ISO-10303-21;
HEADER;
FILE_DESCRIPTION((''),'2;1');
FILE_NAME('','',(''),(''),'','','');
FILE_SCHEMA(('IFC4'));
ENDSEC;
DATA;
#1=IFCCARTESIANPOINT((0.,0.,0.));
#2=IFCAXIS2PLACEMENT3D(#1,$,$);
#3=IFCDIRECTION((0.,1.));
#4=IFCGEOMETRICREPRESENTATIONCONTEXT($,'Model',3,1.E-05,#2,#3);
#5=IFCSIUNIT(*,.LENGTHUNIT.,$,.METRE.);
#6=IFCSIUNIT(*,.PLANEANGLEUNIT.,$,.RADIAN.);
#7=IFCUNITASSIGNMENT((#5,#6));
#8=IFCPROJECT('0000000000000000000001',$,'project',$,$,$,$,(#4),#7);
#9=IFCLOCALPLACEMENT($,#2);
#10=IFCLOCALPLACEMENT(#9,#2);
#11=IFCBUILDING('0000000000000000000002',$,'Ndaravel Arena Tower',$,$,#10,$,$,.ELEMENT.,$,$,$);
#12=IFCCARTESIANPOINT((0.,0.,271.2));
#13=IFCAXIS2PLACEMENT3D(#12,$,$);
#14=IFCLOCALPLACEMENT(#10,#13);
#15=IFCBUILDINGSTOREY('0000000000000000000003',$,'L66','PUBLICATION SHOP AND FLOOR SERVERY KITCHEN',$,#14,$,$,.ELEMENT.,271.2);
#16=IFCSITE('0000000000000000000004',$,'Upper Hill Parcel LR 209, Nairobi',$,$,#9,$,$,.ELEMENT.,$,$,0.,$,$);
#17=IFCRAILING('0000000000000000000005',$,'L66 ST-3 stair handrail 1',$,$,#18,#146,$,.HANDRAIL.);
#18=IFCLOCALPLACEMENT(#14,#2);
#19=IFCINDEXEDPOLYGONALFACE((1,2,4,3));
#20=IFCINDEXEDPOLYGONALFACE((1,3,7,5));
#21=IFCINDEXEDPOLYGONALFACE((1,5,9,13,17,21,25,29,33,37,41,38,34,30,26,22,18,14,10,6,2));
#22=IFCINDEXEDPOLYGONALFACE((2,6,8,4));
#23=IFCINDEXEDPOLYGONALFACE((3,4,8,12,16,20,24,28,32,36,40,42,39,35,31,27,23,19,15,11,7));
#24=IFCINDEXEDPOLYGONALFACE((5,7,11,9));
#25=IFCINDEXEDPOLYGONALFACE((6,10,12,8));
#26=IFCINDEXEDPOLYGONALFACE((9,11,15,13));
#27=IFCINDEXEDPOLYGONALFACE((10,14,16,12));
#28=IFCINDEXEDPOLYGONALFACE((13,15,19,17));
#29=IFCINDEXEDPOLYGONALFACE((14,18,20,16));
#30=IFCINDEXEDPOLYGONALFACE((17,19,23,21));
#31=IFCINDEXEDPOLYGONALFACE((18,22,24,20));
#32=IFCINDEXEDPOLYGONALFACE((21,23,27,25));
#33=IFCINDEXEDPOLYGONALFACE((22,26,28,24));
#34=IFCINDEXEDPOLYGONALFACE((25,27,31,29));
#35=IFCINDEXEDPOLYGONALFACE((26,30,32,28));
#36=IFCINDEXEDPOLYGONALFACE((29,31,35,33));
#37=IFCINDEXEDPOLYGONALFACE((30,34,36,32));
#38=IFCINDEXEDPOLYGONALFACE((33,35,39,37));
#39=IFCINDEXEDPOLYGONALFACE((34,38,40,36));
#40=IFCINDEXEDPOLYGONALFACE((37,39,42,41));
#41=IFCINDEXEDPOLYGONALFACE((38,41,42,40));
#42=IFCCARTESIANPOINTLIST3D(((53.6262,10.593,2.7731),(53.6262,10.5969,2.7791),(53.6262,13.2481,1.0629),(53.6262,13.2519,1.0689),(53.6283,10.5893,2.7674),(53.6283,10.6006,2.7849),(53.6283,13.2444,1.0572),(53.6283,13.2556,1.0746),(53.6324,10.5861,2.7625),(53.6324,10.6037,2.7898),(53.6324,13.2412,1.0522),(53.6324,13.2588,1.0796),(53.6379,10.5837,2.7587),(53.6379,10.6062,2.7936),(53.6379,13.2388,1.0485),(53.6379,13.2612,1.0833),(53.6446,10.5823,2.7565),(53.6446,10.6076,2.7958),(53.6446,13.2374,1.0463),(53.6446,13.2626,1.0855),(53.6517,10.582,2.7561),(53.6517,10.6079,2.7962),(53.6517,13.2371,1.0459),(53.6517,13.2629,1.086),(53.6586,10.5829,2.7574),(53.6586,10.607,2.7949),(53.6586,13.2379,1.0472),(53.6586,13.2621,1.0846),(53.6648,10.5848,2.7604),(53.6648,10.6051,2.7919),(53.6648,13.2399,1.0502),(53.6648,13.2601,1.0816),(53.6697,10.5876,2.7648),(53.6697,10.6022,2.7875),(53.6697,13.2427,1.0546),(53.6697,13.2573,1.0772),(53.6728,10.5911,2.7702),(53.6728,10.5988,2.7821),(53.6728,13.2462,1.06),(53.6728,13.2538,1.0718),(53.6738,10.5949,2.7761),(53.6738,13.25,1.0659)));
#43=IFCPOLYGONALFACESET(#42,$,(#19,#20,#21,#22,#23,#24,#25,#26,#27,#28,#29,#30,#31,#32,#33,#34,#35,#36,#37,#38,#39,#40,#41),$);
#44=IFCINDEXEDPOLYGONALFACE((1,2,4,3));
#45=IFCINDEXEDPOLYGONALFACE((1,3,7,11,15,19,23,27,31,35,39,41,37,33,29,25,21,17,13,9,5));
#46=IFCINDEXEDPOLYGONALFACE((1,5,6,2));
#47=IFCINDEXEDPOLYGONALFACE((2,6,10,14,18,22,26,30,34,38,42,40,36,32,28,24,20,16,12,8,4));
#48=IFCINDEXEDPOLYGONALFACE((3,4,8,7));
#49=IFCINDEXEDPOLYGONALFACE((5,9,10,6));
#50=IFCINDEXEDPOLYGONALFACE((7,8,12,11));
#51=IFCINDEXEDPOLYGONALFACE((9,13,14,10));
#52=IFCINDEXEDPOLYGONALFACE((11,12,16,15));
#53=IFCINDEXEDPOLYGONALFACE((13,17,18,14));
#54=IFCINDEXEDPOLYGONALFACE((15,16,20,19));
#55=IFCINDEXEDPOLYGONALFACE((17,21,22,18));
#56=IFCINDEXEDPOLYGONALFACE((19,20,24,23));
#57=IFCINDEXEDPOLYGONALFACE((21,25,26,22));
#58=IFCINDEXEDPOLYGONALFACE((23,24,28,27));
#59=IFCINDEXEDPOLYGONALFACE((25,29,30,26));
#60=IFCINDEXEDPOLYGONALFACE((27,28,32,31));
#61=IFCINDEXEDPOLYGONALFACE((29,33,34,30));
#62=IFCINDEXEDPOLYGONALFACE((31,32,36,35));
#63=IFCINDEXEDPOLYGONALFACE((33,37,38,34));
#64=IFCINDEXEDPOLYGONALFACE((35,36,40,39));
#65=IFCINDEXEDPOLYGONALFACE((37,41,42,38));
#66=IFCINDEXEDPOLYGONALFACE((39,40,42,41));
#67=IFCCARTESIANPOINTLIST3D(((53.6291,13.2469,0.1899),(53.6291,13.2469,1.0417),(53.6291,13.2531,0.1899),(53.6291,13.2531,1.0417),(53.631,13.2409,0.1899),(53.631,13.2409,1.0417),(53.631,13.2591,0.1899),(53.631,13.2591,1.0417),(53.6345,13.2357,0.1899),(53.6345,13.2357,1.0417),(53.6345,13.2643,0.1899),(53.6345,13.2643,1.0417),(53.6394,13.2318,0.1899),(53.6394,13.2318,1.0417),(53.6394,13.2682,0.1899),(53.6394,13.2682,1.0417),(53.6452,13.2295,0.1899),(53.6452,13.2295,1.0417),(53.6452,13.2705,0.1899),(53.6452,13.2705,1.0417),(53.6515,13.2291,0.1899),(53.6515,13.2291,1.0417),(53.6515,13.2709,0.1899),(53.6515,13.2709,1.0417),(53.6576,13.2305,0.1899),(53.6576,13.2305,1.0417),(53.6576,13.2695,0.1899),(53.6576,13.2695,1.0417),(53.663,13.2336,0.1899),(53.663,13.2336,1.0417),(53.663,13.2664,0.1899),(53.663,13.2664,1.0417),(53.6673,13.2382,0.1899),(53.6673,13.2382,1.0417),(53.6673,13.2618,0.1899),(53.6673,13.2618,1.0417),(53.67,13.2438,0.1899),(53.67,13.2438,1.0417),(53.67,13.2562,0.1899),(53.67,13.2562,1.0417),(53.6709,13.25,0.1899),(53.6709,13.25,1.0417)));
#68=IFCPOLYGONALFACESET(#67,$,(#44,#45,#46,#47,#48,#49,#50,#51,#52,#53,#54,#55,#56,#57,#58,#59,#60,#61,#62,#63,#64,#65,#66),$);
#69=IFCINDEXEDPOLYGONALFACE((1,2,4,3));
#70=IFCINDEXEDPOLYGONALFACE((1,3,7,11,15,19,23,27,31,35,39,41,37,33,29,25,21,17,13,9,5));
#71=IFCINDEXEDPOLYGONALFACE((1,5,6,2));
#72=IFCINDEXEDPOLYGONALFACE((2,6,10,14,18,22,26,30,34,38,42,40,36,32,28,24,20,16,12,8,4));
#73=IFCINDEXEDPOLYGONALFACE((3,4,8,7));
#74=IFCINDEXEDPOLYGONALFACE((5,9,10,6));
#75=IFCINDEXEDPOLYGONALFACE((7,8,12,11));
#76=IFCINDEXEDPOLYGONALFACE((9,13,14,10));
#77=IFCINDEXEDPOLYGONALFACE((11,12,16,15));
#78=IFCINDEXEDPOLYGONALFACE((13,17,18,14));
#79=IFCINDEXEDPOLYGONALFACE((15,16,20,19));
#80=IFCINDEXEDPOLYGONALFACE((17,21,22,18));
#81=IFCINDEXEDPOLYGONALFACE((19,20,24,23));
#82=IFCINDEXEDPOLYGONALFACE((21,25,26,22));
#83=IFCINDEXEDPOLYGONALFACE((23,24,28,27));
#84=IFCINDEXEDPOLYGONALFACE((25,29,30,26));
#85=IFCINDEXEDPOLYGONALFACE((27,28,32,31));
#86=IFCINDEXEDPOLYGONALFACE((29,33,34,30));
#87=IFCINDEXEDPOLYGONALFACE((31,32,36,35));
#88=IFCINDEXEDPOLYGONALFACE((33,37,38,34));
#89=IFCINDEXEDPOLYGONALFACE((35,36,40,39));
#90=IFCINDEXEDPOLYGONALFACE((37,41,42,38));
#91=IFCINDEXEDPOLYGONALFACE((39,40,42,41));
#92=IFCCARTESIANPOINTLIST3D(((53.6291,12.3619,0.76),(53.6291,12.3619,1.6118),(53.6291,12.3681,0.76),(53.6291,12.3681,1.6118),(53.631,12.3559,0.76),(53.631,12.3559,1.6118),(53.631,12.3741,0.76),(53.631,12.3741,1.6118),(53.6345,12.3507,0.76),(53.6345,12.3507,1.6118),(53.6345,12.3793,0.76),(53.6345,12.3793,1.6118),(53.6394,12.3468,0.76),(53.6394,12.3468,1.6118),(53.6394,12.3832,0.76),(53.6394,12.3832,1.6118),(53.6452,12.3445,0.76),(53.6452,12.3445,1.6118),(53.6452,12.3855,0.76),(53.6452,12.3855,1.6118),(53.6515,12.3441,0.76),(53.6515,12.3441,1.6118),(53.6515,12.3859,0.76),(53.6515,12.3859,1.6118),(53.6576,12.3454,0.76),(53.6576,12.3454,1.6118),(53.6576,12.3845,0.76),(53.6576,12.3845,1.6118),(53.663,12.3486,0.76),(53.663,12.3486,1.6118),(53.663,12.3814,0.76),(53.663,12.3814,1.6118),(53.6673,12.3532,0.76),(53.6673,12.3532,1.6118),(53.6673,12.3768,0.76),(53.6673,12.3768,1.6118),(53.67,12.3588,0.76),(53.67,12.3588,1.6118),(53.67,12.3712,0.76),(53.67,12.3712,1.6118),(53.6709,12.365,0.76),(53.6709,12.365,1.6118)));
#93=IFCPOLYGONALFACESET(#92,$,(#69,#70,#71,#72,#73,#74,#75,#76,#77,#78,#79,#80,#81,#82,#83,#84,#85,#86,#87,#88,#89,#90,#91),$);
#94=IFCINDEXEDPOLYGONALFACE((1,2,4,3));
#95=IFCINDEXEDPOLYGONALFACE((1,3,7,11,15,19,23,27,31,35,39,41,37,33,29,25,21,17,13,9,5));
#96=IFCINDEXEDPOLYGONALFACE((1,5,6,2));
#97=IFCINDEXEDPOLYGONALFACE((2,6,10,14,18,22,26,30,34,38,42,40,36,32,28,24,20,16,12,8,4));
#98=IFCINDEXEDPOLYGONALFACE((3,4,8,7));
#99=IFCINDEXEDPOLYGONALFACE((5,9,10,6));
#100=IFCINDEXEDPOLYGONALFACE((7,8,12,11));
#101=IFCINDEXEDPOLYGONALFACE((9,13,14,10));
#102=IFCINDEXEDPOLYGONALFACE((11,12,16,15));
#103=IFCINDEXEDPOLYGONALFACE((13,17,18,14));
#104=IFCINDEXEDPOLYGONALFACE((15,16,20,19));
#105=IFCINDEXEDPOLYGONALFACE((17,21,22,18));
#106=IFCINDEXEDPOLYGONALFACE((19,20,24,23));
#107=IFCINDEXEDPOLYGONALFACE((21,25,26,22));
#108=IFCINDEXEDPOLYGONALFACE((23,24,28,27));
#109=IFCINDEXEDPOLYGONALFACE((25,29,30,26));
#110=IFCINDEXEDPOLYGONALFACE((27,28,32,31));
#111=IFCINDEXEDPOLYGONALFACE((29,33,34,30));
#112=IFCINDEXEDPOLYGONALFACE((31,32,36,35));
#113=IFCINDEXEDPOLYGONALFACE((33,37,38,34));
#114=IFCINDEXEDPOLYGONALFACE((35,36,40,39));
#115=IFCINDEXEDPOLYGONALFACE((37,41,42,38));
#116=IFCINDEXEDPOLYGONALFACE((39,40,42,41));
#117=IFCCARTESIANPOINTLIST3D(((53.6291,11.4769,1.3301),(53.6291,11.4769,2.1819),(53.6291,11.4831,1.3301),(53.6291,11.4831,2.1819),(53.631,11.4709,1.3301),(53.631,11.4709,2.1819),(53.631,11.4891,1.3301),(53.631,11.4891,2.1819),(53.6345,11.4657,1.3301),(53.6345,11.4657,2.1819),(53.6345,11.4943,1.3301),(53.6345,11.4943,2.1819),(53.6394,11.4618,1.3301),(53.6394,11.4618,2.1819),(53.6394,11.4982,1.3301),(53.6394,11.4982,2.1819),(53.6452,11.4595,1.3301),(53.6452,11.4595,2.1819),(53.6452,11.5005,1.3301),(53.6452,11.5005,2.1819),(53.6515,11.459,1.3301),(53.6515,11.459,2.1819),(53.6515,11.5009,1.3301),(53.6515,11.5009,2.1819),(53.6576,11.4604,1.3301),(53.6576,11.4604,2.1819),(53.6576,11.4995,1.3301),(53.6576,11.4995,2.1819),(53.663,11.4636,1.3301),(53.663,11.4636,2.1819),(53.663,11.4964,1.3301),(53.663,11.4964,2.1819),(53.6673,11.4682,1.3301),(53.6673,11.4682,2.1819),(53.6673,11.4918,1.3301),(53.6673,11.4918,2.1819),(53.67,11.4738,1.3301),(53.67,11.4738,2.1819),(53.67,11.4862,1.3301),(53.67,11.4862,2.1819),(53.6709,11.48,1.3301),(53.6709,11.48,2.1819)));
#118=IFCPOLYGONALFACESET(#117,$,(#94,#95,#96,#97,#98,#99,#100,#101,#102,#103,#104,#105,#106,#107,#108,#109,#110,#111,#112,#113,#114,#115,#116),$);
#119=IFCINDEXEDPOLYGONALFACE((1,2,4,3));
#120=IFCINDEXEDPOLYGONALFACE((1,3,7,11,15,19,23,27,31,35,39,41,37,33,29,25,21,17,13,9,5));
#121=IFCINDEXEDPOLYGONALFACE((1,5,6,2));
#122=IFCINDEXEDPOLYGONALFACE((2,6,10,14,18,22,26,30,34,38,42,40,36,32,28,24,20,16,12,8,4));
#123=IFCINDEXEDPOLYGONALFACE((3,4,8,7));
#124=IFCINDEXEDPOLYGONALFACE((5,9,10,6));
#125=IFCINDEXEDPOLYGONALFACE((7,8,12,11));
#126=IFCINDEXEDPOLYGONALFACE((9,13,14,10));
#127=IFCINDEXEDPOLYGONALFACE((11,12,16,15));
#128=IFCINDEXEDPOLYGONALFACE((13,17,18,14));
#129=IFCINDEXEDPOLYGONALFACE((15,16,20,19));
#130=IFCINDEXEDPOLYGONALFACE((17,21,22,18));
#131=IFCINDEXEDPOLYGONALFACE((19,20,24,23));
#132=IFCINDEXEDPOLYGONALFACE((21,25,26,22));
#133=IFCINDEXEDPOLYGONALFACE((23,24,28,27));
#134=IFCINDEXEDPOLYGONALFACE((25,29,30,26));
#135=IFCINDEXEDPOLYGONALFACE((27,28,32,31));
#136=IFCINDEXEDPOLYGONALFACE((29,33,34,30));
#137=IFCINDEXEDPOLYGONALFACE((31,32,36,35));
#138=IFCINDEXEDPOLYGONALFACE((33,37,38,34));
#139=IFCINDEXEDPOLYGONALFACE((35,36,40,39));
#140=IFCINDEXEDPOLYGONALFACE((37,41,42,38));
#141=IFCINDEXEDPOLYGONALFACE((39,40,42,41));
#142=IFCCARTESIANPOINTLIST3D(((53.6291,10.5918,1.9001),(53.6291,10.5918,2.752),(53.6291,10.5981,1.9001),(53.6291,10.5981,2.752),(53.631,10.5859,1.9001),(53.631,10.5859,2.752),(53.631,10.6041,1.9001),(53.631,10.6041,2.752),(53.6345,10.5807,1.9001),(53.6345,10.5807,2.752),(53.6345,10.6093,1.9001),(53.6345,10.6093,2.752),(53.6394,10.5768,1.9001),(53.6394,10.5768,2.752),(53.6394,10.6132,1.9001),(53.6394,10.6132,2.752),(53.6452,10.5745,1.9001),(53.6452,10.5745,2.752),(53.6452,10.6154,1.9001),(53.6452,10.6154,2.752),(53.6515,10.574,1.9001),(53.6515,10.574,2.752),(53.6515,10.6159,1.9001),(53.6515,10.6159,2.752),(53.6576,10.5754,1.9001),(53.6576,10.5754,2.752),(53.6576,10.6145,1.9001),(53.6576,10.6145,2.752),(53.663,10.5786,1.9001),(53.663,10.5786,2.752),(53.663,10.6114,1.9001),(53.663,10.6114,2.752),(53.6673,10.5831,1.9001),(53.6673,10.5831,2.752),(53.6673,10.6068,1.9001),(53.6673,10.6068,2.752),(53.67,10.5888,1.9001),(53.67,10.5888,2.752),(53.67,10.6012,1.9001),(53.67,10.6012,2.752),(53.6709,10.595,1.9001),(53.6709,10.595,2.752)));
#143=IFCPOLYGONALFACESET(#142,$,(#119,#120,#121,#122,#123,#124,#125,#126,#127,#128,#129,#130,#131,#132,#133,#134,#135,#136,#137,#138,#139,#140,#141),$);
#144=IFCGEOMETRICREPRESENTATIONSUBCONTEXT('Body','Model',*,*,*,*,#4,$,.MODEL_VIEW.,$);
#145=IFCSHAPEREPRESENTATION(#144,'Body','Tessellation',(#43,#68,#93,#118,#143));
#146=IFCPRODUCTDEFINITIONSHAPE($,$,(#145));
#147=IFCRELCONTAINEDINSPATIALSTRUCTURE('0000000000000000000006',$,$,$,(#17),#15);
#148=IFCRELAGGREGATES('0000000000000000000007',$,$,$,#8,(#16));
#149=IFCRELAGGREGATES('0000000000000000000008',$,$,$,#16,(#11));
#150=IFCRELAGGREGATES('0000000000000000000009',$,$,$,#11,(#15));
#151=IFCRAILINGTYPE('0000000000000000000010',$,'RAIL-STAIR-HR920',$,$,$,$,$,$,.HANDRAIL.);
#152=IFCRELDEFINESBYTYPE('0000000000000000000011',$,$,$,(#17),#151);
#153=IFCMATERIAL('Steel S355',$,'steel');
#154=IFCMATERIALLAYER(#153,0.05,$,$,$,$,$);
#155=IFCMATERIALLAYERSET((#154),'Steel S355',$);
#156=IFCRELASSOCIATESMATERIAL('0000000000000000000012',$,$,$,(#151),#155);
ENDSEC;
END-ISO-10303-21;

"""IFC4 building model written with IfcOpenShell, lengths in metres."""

from ifc_helpers import new_model, si_unit, direction, frame, origin, origin_2d, place, context, subcontext, project, spatial, circle, extrude, material, layer, layer_set, type_object, element, save


model = new_model("IFC4")

# Units and contexts
model_context = context("Model", 3, precision=1e-05, world=origin(), true_north=direction((0.0, 1.0)))
body_context = subcontext(model_context, "Body", "Model", "MODEL_VIEW")
ifc_project = project(units=[si_unit("LENGTHUNIT", "METRE"), si_unit("PLANEANGLEUNIT", "RADIAN")], contexts=[model_context])

# Site, building, storey
site_placement = place(None, origin())
site = spatial("IfcSite", under=ifc_project, at=site_placement, Name="Upper Hill Parcel LR 209, Nairobi", CompositionType="ELEMENT", RefElevation=0.0)
building_placement = place(site_placement, origin())
building = spatial("IfcBuilding", under=site, at=building_placement, Name="Ndaravel Arena Tower", CompositionType="ELEMENT")
storey_placement = place(building_placement, frame((0.0, 0.0, 271.2)))
storey = spatial("IfcBuildingStorey", under=building, at=storey_placement, Name="L66", Description="PUBLICATION SHOP AND FLOOR SERVERY KITCHEN", CompositionType="ELEMENT", Elevation=271.2)

# Railing
ifc_material_1 = material(Name="Steel S355", Category="steel")
ifc_layer_1 = layer(ifc_material_1, 0.05)
ifc_layer_set_1 = layer_set([ifc_layer_1], Name="Steel S355")
railing_type_1 = type_object("IfcRailingType", Name="RAIL-STAIR-HR920", PredefinedType="HANDRAIL", material=ifc_layer_set_1)
railing_1_placement = place(storey_placement, frame((53.6499, 13.25, 0.1899)))
element("IfcRailing", 1, at=railing_1_placement, inside=storey, type_object=railing_type_1, Name="L66 ST-3 stair handrail 1", PredefinedType="HANDRAIL", context=body_context, shape_type="SweptSolid", body=[
    extrude(circle(Radius=0.0239, at=origin_2d()), frame((0.0, 0.0, 0.876), z_axis=(0.0, -0.840688, 0.541519), x_axis=(1.0, 0.0, 0.0)), (0.0, 0.0, 1.0), 3.1582),
    extrude(circle(Radius=0.021, at=origin_2d()), origin(), (0.0, 0.0, 1.0), 0.8518),
    extrude(circle(Radius=0.021, at=origin_2d()), frame((0.0, -0.885, 0.5701)), (0.0, 0.0, 1.0), 0.8518),
    extrude(circle(Radius=0.021, at=origin_2d()), frame((0.0, -1.77, 1.1401)), (0.0, 0.0, 1.0), 0.8518),
    extrude(circle(Radius=0.021, at=origin_2d()), frame((0.0, -2.655, 1.7102)), (0.0, 0.0, 1.0), 0.8518),
])

save(model, "model.ifc")
